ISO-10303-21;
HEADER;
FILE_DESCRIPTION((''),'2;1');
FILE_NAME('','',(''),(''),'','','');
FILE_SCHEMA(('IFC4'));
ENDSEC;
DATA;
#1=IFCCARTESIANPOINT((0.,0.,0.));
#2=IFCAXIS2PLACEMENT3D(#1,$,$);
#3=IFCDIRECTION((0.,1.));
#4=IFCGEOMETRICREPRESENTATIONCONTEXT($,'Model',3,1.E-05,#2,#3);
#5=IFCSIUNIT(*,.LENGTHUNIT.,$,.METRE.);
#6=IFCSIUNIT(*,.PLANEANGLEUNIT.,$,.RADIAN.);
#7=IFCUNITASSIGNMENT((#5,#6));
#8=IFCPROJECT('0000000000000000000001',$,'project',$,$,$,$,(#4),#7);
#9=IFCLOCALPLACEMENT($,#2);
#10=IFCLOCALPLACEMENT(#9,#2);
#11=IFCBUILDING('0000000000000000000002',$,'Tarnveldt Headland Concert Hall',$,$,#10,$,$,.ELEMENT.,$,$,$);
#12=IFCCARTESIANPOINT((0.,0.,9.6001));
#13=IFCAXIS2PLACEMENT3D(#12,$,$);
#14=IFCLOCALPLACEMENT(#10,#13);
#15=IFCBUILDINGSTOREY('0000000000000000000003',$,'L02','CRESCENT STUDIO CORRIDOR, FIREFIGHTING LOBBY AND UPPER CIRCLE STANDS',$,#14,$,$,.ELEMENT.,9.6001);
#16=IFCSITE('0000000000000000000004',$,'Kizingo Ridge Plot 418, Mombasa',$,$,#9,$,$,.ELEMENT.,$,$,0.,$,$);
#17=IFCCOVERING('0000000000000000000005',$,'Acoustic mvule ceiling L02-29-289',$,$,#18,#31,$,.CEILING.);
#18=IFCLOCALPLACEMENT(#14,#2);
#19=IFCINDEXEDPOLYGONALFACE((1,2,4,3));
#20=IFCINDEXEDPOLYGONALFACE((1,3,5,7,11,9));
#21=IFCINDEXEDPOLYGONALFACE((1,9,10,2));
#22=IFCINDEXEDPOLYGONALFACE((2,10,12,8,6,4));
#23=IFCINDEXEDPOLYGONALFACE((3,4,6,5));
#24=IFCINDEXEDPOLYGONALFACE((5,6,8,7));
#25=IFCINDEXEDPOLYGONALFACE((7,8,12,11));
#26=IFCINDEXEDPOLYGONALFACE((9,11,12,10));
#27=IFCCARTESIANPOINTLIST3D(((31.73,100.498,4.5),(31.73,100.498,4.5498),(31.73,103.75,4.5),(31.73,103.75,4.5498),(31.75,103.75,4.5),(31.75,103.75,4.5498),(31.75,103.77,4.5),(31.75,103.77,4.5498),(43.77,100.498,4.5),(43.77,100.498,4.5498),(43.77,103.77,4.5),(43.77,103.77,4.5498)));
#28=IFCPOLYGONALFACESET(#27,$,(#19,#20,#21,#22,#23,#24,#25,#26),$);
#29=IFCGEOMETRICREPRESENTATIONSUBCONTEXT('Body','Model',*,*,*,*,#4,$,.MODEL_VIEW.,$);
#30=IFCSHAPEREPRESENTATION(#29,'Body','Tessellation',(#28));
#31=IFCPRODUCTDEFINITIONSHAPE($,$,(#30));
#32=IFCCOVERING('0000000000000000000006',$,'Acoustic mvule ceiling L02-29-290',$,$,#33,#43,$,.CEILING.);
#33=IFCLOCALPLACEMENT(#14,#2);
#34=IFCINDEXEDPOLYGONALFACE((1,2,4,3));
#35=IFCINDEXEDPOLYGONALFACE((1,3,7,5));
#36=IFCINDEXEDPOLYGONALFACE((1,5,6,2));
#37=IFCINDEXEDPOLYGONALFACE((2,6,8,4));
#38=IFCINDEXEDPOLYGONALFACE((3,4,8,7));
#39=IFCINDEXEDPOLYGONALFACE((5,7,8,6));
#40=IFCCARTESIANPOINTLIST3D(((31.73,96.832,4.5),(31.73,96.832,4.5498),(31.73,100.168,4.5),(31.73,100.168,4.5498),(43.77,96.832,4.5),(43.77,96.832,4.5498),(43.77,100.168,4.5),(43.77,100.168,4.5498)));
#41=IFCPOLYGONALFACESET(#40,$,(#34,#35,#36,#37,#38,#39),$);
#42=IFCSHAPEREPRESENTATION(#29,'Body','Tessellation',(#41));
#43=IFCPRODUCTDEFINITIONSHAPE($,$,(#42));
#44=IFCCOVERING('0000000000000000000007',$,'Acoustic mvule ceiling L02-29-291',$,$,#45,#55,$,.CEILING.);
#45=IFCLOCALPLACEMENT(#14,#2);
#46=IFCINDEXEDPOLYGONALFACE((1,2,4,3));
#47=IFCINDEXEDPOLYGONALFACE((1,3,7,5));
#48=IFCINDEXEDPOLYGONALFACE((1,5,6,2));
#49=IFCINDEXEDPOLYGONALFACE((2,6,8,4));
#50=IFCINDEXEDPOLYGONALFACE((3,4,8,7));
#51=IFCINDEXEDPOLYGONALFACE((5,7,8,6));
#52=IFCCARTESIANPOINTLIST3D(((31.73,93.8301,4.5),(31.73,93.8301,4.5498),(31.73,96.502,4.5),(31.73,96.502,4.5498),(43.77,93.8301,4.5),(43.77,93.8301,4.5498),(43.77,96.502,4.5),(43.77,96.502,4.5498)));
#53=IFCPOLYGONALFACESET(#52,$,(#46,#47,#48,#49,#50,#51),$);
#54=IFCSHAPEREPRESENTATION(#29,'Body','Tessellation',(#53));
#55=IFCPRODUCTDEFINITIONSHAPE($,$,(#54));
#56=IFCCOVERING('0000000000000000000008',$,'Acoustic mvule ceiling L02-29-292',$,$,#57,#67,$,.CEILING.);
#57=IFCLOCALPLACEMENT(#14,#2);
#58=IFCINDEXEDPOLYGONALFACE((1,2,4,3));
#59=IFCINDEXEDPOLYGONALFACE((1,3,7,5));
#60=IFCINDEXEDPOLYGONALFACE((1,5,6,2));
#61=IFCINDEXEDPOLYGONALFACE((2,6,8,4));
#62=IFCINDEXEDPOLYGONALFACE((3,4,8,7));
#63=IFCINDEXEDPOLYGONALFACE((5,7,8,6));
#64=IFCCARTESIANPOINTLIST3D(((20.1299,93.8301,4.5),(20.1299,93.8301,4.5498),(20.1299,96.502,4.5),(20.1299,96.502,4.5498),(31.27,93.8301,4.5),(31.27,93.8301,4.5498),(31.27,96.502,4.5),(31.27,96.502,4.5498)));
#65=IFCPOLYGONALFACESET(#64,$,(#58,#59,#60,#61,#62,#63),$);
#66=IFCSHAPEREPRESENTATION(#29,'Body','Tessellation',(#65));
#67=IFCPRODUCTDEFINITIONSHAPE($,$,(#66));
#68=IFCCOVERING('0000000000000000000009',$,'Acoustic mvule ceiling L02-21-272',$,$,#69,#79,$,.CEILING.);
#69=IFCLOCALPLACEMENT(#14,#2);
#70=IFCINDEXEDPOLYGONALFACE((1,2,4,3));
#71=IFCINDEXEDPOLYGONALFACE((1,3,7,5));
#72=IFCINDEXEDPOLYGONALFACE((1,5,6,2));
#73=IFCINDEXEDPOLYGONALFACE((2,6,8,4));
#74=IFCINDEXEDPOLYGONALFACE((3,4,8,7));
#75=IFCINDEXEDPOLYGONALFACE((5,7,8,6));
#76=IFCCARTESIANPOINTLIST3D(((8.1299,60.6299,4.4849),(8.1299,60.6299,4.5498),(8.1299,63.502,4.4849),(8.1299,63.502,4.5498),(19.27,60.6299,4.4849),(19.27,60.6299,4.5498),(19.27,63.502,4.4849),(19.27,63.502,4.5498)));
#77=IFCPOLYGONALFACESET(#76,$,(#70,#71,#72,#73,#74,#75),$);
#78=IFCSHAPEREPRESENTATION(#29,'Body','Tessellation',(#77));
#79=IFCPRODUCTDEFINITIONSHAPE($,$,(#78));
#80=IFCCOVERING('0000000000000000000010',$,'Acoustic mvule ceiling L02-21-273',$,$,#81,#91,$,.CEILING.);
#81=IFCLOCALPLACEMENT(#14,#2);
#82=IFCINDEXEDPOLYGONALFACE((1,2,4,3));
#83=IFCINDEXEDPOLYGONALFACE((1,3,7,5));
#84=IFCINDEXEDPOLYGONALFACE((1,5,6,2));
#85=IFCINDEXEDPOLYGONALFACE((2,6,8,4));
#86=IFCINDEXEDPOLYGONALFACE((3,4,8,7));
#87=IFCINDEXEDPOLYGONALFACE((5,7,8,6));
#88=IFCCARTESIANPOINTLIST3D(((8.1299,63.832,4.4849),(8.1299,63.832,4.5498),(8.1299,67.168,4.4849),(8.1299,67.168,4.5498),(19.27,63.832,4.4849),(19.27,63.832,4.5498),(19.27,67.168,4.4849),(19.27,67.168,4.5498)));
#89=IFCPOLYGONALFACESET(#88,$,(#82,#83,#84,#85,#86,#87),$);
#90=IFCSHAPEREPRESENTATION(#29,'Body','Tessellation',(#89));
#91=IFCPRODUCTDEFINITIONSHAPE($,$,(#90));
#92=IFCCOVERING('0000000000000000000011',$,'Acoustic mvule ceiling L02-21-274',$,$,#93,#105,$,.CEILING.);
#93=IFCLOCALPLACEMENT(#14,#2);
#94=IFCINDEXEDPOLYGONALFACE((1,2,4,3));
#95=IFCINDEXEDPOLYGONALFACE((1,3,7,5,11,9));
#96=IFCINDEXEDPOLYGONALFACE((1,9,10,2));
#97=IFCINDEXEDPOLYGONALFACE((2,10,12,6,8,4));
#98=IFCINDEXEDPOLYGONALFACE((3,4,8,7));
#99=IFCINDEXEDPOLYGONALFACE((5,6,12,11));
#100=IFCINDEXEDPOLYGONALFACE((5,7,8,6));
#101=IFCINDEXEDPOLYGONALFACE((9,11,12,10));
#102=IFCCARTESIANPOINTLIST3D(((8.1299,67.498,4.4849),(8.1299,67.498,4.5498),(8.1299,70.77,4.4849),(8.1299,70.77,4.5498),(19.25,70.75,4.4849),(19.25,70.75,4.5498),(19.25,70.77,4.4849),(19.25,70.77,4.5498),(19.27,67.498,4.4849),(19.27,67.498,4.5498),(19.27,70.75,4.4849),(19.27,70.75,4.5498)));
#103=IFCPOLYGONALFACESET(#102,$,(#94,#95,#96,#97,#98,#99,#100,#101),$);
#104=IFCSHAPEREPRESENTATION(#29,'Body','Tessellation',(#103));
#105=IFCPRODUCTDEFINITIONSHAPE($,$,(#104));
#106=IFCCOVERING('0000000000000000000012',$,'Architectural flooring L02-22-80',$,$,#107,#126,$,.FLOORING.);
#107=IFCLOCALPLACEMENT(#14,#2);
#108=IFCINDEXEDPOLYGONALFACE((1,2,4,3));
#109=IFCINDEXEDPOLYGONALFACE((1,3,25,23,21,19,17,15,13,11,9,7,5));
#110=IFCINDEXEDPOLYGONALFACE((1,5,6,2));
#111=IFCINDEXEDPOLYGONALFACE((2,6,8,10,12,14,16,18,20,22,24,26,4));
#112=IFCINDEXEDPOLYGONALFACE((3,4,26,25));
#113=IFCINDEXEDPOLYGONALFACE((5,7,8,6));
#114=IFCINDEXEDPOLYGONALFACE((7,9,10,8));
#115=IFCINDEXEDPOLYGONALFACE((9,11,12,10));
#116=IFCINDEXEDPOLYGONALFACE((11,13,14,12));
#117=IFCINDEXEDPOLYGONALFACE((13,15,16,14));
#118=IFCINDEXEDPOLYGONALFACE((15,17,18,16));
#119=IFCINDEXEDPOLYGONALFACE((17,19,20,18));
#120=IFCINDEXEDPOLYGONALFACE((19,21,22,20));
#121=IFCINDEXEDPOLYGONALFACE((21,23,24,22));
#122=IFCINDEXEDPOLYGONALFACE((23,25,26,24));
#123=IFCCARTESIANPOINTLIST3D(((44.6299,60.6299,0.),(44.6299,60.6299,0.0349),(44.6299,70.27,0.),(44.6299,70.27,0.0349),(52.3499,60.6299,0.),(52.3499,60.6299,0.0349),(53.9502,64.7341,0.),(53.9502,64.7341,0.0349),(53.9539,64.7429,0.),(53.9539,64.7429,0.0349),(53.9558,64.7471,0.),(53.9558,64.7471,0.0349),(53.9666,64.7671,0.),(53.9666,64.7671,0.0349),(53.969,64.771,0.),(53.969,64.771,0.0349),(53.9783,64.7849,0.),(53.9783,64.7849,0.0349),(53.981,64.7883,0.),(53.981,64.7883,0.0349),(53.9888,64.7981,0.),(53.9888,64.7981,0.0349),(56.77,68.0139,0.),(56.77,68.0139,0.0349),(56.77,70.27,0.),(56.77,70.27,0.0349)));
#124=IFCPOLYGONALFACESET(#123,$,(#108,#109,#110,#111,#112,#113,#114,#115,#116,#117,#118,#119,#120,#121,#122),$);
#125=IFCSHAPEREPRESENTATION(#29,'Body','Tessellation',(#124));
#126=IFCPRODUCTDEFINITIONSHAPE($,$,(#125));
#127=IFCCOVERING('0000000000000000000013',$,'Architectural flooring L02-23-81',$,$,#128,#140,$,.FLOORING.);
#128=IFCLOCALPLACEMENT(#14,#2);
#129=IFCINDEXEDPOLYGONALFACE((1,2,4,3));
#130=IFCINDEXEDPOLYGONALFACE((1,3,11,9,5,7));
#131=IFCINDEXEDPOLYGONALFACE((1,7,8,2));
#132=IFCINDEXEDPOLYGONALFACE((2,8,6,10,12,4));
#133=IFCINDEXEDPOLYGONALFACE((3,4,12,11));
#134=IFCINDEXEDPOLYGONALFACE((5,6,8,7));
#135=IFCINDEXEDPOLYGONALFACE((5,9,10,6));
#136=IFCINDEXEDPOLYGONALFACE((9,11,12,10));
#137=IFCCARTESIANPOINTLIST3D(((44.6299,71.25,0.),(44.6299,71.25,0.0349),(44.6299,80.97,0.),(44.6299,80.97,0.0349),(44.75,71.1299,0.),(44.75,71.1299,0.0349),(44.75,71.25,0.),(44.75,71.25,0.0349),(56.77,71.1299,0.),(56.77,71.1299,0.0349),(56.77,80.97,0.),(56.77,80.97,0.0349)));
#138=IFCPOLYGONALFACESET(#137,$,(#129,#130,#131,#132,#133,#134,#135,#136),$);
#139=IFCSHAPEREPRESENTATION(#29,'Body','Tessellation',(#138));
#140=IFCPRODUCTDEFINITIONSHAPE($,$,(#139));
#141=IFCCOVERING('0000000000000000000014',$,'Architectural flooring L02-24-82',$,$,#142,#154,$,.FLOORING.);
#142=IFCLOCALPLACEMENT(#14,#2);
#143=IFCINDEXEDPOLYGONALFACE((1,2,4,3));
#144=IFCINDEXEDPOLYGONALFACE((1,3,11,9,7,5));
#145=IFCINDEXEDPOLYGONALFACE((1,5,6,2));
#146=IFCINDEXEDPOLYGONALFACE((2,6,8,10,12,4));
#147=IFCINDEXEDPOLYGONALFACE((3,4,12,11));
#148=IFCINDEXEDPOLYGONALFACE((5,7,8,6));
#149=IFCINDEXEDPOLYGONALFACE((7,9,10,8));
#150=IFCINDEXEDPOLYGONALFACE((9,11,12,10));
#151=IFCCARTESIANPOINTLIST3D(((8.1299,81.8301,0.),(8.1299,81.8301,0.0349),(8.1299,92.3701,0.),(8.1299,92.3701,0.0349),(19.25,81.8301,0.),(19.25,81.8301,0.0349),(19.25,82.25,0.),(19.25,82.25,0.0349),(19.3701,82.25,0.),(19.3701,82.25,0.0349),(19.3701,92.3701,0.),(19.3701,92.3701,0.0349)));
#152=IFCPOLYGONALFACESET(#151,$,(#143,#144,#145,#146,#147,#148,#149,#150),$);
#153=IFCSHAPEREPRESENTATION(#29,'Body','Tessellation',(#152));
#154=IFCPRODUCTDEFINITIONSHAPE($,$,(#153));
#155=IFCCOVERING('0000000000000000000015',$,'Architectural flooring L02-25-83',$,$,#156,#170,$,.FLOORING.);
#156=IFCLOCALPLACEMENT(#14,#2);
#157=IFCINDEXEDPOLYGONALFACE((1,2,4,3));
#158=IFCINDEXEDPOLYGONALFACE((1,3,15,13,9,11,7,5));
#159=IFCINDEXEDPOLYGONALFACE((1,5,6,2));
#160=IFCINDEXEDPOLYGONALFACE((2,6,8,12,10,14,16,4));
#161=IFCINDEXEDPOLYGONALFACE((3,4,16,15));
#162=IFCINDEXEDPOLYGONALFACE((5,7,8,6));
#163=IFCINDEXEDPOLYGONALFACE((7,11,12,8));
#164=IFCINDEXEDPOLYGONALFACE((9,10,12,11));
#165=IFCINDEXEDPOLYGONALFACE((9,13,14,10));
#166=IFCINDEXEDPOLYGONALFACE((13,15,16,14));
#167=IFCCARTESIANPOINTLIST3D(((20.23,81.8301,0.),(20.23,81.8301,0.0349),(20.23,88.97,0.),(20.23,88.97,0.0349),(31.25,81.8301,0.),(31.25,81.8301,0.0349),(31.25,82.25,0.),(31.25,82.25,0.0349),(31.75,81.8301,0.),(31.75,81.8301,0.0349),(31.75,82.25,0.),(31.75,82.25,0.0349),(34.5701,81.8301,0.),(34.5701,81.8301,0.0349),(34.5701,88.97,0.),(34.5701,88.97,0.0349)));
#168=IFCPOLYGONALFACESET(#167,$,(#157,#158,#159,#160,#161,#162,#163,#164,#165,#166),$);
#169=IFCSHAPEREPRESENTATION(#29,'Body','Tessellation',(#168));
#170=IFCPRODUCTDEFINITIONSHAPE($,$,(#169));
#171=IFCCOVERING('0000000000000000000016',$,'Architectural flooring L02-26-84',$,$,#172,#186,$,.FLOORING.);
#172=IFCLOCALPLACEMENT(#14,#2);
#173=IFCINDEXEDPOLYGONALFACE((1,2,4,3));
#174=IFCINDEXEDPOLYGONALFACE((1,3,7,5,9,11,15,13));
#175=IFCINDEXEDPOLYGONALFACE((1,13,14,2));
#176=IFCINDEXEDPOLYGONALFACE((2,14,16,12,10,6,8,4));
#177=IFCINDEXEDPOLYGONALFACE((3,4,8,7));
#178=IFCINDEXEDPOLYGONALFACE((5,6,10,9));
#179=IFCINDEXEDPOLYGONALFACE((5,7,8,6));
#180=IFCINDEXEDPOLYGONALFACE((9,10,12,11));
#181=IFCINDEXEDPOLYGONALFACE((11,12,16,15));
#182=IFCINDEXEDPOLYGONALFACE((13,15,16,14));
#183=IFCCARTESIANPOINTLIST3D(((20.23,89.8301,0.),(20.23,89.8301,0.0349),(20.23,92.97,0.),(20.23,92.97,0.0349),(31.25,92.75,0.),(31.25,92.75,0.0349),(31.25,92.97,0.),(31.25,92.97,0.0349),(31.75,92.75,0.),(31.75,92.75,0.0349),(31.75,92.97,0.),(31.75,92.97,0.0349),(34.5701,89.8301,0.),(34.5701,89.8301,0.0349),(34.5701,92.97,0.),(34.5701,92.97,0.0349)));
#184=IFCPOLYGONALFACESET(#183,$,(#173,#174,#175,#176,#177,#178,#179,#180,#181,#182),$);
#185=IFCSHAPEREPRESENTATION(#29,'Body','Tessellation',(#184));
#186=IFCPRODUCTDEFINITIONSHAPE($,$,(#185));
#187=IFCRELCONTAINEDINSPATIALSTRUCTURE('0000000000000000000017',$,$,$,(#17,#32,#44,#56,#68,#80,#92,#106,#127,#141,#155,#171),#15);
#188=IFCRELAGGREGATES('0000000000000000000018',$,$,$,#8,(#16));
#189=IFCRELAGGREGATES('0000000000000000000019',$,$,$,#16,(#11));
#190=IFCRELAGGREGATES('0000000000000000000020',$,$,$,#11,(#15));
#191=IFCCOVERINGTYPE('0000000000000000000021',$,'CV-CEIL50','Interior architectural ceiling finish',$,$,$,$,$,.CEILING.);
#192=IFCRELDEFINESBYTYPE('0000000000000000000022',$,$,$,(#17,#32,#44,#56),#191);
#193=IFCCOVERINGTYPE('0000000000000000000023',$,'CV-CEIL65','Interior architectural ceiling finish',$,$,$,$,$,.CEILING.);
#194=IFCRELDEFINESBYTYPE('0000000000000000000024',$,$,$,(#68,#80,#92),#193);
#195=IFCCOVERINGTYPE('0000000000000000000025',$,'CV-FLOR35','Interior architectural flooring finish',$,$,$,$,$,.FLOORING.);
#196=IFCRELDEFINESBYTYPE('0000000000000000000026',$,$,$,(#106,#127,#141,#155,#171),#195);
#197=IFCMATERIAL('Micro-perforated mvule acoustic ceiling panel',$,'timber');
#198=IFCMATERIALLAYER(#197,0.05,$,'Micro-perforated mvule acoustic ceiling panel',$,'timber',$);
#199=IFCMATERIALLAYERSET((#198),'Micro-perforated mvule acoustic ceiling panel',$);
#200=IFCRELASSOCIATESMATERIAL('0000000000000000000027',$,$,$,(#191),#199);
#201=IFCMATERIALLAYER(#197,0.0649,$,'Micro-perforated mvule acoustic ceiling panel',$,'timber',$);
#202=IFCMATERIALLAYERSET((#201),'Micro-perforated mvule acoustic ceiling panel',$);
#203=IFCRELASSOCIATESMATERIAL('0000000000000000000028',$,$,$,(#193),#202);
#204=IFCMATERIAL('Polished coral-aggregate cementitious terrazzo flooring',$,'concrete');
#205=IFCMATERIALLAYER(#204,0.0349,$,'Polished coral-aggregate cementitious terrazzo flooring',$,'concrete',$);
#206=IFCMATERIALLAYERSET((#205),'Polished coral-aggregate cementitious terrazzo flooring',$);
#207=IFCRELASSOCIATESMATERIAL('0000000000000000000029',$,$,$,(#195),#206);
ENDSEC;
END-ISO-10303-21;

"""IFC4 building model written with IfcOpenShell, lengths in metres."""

from ifc_helpers import new_model, si_unit, direction, frame, origin, place, context, subcontext, project, spatial, polyline, outline, extrude, material, layer, layer_set, type_object, element, save


model = new_model("IFC4")

# Units and contexts
model_context = context("Model", 3, precision=1e-05, world=origin(), true_north=direction((0.0, 1.0)))
body_context = subcontext(model_context, "Body", "Model", "MODEL_VIEW")
ifc_project = project(units=[si_unit("LENGTHUNIT", "METRE"), si_unit("PLANEANGLEUNIT", "RADIAN")], contexts=[model_context])

# Site, building, storey
site_placement = place(None, origin())
site = spatial("IfcSite", under=ifc_project, at=site_placement, Name="Kizingo Ridge Plot 418, Mombasa", CompositionType="ELEMENT", RefElevation=0.0)
building_placement = place(site_placement, origin())
building = spatial("IfcBuilding", under=site, at=building_placement, Name="Tarnveldt Headland Concert Hall", CompositionType="ELEMENT")
storey_placement = place(building_placement, frame((0.0, 0.0, 9.6001)))
storey = spatial("IfcBuildingStorey", under=building, at=storey_placement, Name="L02", Description="CRESCENT STUDIO CORRIDOR, FIREFIGHTING LOBBY AND UPPER CIRCLE STANDS", CompositionType="ELEMENT", Elevation=9.6001)

# Coverings
ifc_material_1 = material(Name="Micro-perforated mvule acoustic ceiling panel", Category="timber")
ifc_layer_1 = layer(ifc_material_1, 0.05, Name="Micro-perforated mvule acoustic ceiling panel", Category="timber")
ifc_layer_set_1 = layer_set([ifc_layer_1], Name="Micro-perforated mvule acoustic ceiling panel")
covering_type_1 = type_object("IfcCoveringType", Name="CV-CEIL50", Description="Interior architectural ceiling finish", PredefinedType="CEILING", material=ifc_layer_set_1)
covering_1_placement = place(storey_placement, frame((0.0, 0.0, 4.5)))
element("IfcCovering", 1, at=covering_1_placement, inside=storey, type_object=covering_type_1, Name="Acoustic mvule ceiling L02-29-289", PredefinedType="CEILING", context=body_context, shape_type="SweptSolid", body=[
    extrude(outline(polyline([(31.75, 103.75), (31.75, 103.77), (43.77, 103.77), (43.77, 100.498), (31.73, 100.498), (31.73, 103.75), (31.75, 103.75)])), origin(), (0.0, 0.0, 1.0), 0.0498),
])
covering_2_placement = place(storey_placement, frame((0.0, 0.0, 4.5)))
element("IfcCovering", 2, at=covering_2_placement, inside=storey, type_object=covering_type_1, Name="Acoustic mvule ceiling L02-29-290", PredefinedType="CEILING", context=body_context, shape_type="SweptSolid", body=[
    extrude(outline(polyline([(43.77, 96.832), (31.73, 96.832), (31.73, 100.168), (43.77, 100.168), (43.77, 96.832)])), origin(), (0.0, 0.0, 1.0), 0.0498),
])
covering_3_placement = place(storey_placement, frame((0.0, 0.0, 4.5)))
element("IfcCovering", 3, at=covering_3_placement, inside=storey, type_object=covering_type_1, Name="Acoustic mvule ceiling L02-29-291", PredefinedType="CEILING", context=body_context, shape_type="SweptSolid", body=[
    extrude(outline(polyline([(31.73, 93.8301), (31.73, 96.502), (43.77, 96.502), (43.77, 93.8301), (31.73, 93.8301)])), origin(), (0.0, 0.0, 1.0), 0.0498),
])
covering_4_placement = place(storey_placement, frame((0.0, 0.0, 4.5)))
element("IfcCovering", 4, at=covering_4_placement, inside=storey, type_object=covering_type_1, Name="Acoustic mvule ceiling L02-29-292", PredefinedType="CEILING", context=body_context, shape_type="SweptSolid", body=[
    extrude(outline(polyline([(31.27, 96.502), (31.27, 93.8301), (20.1299, 93.8301), (20.1299, 96.502), (31.27, 96.502)])), origin(), (0.0, 0.0, 1.0), 0.0498),
])
ifc_layer_2 = layer(ifc_material_1, 0.0649, Name="Micro-perforated mvule acoustic ceiling panel", Category="timber")
ifc_layer_set_2 = layer_set([ifc_layer_2], Name="Micro-perforated mvule acoustic ceiling panel")
covering_type_2 = type_object("IfcCoveringType", Name="CV-CEIL65", Description="Interior architectural ceiling finish", PredefinedType="CEILING", material=ifc_layer_set_2)
covering_5_placement = place(storey_placement, frame((0.0, 0.0, 4.4849)))
element("IfcCovering", 5, at=covering_5_placement, inside=storey, type_object=covering_type_2, Name="Acoustic mvule ceiling L02-21-272", PredefinedType="CEILING", context=body_context, shape_type="SweptSolid", body=[
    extrude(outline(polyline([(8.1299, 60.6299), (8.1299, 63.502), (19.27, 63.502), (19.27, 60.6299), (8.1299, 60.6299)])), origin(), (0.0, 0.0, 1.0), 0.0649),
])
covering_6_placement = place(storey_placement, frame((0.0, 0.0, 4.4849)))
element("IfcCovering", 6, at=covering_6_placement, inside=storey, type_object=covering_type_2, Name="Acoustic mvule ceiling L02-21-273", PredefinedType="CEILING", context=body_context, shape_type="SweptSolid", body=[
    extrude(outline(polyline([(19.27, 67.168), (19.27, 63.832), (8.1299, 63.832), (8.1299, 67.168), (19.27, 67.168)])), origin(), (0.0, 0.0, 1.0), 0.0649),
])
covering_7_placement = place(storey_placement, frame((0.0, 0.0, 4.4849)))
element("IfcCovering", 7, at=covering_7_placement, inside=storey, type_object=covering_type_2, Name="Acoustic mvule ceiling L02-21-274", PredefinedType="CEILING", context=body_context, shape_type="SweptSolid", body=[
    extrude(outline(polyline([(19.25, 70.77), (19.25, 70.75), (19.27, 70.75), (19.27, 67.498), (8.1299, 67.498), (8.1299, 70.77), (19.25, 70.77)])), origin(), (0.0, 0.0, 1.0), 0.0649),
])
ifc_material_2 = material(Name="Polished coral-aggregate cementitious terrazzo flooring", Category="concrete")
ifc_layer_3 = layer(ifc_material_2, 0.0349, Name="Polished coral-aggregate cementitious terrazzo flooring", Category="concrete")
ifc_layer_set_3 = layer_set([ifc_layer_3], Name="Polished coral-aggregate cementitious terrazzo flooring")
covering_type_3 = type_object("IfcCoveringType", Name="CV-FLOR35", Description="Interior architectural flooring finish", PredefinedType="FLOORING", material=ifc_layer_set_3)
covering_8_placement = place(storey_placement, origin())
element("IfcCovering", 8, at=covering_8_placement, inside=storey, type_object=covering_type_3, Name="Architectural flooring L02-22-80", PredefinedType="FLOORING", context=body_context, shape_type="SweptSolid", body=[
    extrude(outline(polyline([(56.77, 70.27), (56.77, 68.0139), (53.9888, 64.7981), (53.981, 64.7883), (53.9783, 64.7849), (53.969, 64.771), (53.9666, 64.7671), (53.9558, 64.7471), (53.9539, 64.7429), (53.9502, 64.7341), (52.3499, 60.6299), (44.6299, 60.6299), (44.6299, 70.27), (56.77, 70.27)])), origin(), (0.0, 0.0, 1.0), 0.0349),
])
covering_9_placement = place(storey_placement, origin())
element("IfcCovering", 9, at=covering_9_placement, inside=storey, type_object=covering_type_3, Name="Architectural flooring L02-23-81", PredefinedType="FLOORING", context=body_context, shape_type="SweptSolid", body=[
    extrude(outline(polyline([(56.77, 80.97), (56.77, 71.1299), (44.75, 71.1299), (44.75, 71.25), (44.6299, 71.25), (44.6299, 80.97), (56.77, 80.97)])), origin(), (0.0, 0.0, 1.0), 0.0349),
])
covering_10_placement = place(storey_placement, origin())
element("IfcCovering", 10, at=covering_10_placement, inside=storey, type_object=covering_type_3, Name="Architectural flooring L02-24-82", PredefinedType="FLOORING", context=body_context, shape_type="SweptSolid", body=[
    extrude(outline(polyline([(19.3701, 92.3701), (19.3701, 82.25), (19.25, 82.25), (19.25, 81.8301), (8.1299, 81.8301), (8.1299, 92.3701), (19.3701, 92.3701)])), origin(), (0.0, 0.0, 1.0), 0.0349),
])
covering_11_placement = place(storey_placement, origin())
element("IfcCovering", 11, at=covering_11_placement, inside=storey, type_object=covering_type_3, Name="Architectural flooring L02-25-83", PredefinedType="FLOORING", context=body_context, shape_type="SweptSolid", body=[
    extrude(outline(polyline([(34.5701, 88.97), (34.5701, 81.8301), (31.75, 81.8301), (31.75, 82.25), (31.25, 82.25), (31.25, 81.8301), (20.23, 81.8301), (20.23, 88.97), (34.5701, 88.97)])), origin(), (0.0, 0.0, 1.0), 0.0349),
])
covering_12_placement = place(storey_placement, origin())
element("IfcCovering", 12, at=covering_12_placement, inside=storey, type_object=covering_type_3, Name="Architectural flooring L02-26-84", PredefinedType="FLOORING", context=body_context, shape_type="SweptSolid", body=[
    extrude(outline(polyline([(31.25, 92.97), (31.25, 92.75), (31.75, 92.75), (31.75, 92.97), (34.5701, 92.97), (34.5701, 89.8301), (20.23, 89.8301), (20.23, 92.97), (31.25, 92.97)])), origin(), (0.0, 0.0, 1.0), 0.0349),
])

save(model, "model.ifc")
